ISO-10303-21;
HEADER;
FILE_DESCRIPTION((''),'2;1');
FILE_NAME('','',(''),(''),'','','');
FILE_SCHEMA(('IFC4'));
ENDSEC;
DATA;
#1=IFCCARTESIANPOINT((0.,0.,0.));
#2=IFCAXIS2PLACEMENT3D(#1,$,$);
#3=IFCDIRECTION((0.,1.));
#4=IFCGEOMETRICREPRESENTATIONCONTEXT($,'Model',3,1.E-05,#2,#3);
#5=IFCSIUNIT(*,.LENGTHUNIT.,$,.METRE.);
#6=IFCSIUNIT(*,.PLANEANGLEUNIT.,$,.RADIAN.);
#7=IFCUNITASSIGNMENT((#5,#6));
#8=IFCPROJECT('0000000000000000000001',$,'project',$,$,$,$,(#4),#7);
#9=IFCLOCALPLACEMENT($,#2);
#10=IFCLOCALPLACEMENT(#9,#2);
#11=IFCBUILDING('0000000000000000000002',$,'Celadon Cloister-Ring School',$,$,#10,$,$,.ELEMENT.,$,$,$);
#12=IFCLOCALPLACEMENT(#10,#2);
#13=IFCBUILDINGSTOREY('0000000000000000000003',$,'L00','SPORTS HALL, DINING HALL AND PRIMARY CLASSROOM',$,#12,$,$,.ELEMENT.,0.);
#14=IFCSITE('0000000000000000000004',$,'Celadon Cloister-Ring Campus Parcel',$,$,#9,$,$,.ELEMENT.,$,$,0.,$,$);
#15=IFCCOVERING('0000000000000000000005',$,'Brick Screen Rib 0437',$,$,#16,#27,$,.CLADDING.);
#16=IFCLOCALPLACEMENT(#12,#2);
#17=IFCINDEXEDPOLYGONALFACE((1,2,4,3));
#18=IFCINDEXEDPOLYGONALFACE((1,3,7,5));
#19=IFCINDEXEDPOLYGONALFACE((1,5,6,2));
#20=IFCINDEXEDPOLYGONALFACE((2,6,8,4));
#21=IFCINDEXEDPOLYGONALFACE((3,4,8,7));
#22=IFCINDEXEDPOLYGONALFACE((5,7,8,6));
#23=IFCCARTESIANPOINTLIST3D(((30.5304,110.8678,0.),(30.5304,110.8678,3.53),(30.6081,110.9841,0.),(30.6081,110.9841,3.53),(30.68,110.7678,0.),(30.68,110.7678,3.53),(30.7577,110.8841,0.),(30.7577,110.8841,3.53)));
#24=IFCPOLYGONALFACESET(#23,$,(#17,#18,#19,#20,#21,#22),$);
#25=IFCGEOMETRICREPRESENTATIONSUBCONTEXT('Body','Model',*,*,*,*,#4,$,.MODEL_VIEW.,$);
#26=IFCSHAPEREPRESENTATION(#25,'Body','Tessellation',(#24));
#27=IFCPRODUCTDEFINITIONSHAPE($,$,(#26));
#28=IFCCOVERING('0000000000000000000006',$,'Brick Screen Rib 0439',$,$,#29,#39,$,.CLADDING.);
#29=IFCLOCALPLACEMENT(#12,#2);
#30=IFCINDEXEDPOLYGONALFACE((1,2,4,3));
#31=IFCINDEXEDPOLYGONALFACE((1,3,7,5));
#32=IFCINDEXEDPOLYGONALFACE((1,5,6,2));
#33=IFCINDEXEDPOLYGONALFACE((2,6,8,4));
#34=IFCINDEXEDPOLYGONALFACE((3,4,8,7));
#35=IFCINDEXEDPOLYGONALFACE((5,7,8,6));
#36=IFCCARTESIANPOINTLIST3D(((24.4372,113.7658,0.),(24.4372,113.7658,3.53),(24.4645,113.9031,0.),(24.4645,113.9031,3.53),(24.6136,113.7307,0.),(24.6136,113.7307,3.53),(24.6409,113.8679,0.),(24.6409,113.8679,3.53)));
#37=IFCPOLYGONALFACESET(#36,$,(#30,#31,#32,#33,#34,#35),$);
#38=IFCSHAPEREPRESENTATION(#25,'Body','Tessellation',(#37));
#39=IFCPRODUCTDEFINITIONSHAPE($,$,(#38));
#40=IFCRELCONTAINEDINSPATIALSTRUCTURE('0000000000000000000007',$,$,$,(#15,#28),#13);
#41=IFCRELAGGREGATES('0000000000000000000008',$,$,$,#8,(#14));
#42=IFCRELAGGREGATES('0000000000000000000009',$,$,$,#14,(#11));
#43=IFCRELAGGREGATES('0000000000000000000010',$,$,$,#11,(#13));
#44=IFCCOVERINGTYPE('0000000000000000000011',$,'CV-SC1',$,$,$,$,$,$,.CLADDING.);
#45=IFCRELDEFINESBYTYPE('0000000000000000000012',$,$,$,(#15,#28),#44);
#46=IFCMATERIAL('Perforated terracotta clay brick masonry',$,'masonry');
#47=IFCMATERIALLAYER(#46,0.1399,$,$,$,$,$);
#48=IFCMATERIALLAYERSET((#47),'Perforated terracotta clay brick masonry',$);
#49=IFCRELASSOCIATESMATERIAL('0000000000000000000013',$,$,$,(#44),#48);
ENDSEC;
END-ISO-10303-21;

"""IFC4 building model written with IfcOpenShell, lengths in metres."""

from ifc_helpers import new_model, si_unit, direction, frame, origin, origin_2d, place, context, subcontext, project, spatial, rectangle, extrude, material, layer, layer_set, type_object, element, save


model = new_model("IFC4")

# Units and contexts
model_context = context("Model", 3, precision=1e-05, world=origin(), true_north=direction((0.0, 1.0)))
body_context = subcontext(model_context, "Body", "Model", "MODEL_VIEW")
ifc_project = project(units=[si_unit("LENGTHUNIT", "METRE"), si_unit("PLANEANGLEUNIT", "RADIAN")], contexts=[model_context])

# Site, building, storey
site_placement = place(None, origin())
site = spatial("IfcSite", under=ifc_project, at=site_placement, Name="Celadon Cloister-Ring Campus Parcel", CompositionType="ELEMENT", RefElevation=0.0)
building_placement = place(site_placement, origin())
building = spatial("IfcBuilding", under=site, at=building_placement, Name="Celadon Cloister-Ring School", CompositionType="ELEMENT")
storey_placement = place(building_placement, origin())
storey = spatial("IfcBuildingStorey", under=building, at=storey_placement, Name="L00", Description="SPORTS HALL, DINING HALL AND PRIMARY CLASSROOM", CompositionType="ELEMENT", Elevation=0.0)

# Coverings
ifc_material_1 = material(Name="Perforated terracotta clay brick masonry", Category="masonry")
ifc_layer_1 = layer(ifc_material_1, 0.1399)
ifc_layer_set_1 = layer_set([ifc_layer_1], Name="Perforated terracotta clay brick masonry")
covering_type = type_object("IfcCoveringType", Name="CV-SC1", PredefinedType="CLADDING", material=ifc_layer_set_1)
for number, where, z_axis, x_axis, name in (
    (1, (30.644, 110.876, 0.0), (0.0, 0.0, 1.0), (0.831392, -0.555686, 0.0), "Brick Screen Rib 0437"),
    (2, (24.5391, 113.8169, 0.0), (0.0, 0.0, 1.0), (0.980775, -0.195142, 0.0), "Brick Screen Rib 0439"),
):
    element("IfcCovering", number, at=place(storey_placement, frame(where, z_axis=z_axis, x_axis=x_axis)), inside=storey, type_object=covering_type, Name=name, PredefinedType="CLADDING", context=body_context, shape_type="SweptSolid", body=[
        extrude(rectangle(XDim=0.1799, YDim=0.1399, at=origin_2d()), origin(), (0.0, 0.0, 1.0), 3.53),
    ])

save(model, "model.ifc")
